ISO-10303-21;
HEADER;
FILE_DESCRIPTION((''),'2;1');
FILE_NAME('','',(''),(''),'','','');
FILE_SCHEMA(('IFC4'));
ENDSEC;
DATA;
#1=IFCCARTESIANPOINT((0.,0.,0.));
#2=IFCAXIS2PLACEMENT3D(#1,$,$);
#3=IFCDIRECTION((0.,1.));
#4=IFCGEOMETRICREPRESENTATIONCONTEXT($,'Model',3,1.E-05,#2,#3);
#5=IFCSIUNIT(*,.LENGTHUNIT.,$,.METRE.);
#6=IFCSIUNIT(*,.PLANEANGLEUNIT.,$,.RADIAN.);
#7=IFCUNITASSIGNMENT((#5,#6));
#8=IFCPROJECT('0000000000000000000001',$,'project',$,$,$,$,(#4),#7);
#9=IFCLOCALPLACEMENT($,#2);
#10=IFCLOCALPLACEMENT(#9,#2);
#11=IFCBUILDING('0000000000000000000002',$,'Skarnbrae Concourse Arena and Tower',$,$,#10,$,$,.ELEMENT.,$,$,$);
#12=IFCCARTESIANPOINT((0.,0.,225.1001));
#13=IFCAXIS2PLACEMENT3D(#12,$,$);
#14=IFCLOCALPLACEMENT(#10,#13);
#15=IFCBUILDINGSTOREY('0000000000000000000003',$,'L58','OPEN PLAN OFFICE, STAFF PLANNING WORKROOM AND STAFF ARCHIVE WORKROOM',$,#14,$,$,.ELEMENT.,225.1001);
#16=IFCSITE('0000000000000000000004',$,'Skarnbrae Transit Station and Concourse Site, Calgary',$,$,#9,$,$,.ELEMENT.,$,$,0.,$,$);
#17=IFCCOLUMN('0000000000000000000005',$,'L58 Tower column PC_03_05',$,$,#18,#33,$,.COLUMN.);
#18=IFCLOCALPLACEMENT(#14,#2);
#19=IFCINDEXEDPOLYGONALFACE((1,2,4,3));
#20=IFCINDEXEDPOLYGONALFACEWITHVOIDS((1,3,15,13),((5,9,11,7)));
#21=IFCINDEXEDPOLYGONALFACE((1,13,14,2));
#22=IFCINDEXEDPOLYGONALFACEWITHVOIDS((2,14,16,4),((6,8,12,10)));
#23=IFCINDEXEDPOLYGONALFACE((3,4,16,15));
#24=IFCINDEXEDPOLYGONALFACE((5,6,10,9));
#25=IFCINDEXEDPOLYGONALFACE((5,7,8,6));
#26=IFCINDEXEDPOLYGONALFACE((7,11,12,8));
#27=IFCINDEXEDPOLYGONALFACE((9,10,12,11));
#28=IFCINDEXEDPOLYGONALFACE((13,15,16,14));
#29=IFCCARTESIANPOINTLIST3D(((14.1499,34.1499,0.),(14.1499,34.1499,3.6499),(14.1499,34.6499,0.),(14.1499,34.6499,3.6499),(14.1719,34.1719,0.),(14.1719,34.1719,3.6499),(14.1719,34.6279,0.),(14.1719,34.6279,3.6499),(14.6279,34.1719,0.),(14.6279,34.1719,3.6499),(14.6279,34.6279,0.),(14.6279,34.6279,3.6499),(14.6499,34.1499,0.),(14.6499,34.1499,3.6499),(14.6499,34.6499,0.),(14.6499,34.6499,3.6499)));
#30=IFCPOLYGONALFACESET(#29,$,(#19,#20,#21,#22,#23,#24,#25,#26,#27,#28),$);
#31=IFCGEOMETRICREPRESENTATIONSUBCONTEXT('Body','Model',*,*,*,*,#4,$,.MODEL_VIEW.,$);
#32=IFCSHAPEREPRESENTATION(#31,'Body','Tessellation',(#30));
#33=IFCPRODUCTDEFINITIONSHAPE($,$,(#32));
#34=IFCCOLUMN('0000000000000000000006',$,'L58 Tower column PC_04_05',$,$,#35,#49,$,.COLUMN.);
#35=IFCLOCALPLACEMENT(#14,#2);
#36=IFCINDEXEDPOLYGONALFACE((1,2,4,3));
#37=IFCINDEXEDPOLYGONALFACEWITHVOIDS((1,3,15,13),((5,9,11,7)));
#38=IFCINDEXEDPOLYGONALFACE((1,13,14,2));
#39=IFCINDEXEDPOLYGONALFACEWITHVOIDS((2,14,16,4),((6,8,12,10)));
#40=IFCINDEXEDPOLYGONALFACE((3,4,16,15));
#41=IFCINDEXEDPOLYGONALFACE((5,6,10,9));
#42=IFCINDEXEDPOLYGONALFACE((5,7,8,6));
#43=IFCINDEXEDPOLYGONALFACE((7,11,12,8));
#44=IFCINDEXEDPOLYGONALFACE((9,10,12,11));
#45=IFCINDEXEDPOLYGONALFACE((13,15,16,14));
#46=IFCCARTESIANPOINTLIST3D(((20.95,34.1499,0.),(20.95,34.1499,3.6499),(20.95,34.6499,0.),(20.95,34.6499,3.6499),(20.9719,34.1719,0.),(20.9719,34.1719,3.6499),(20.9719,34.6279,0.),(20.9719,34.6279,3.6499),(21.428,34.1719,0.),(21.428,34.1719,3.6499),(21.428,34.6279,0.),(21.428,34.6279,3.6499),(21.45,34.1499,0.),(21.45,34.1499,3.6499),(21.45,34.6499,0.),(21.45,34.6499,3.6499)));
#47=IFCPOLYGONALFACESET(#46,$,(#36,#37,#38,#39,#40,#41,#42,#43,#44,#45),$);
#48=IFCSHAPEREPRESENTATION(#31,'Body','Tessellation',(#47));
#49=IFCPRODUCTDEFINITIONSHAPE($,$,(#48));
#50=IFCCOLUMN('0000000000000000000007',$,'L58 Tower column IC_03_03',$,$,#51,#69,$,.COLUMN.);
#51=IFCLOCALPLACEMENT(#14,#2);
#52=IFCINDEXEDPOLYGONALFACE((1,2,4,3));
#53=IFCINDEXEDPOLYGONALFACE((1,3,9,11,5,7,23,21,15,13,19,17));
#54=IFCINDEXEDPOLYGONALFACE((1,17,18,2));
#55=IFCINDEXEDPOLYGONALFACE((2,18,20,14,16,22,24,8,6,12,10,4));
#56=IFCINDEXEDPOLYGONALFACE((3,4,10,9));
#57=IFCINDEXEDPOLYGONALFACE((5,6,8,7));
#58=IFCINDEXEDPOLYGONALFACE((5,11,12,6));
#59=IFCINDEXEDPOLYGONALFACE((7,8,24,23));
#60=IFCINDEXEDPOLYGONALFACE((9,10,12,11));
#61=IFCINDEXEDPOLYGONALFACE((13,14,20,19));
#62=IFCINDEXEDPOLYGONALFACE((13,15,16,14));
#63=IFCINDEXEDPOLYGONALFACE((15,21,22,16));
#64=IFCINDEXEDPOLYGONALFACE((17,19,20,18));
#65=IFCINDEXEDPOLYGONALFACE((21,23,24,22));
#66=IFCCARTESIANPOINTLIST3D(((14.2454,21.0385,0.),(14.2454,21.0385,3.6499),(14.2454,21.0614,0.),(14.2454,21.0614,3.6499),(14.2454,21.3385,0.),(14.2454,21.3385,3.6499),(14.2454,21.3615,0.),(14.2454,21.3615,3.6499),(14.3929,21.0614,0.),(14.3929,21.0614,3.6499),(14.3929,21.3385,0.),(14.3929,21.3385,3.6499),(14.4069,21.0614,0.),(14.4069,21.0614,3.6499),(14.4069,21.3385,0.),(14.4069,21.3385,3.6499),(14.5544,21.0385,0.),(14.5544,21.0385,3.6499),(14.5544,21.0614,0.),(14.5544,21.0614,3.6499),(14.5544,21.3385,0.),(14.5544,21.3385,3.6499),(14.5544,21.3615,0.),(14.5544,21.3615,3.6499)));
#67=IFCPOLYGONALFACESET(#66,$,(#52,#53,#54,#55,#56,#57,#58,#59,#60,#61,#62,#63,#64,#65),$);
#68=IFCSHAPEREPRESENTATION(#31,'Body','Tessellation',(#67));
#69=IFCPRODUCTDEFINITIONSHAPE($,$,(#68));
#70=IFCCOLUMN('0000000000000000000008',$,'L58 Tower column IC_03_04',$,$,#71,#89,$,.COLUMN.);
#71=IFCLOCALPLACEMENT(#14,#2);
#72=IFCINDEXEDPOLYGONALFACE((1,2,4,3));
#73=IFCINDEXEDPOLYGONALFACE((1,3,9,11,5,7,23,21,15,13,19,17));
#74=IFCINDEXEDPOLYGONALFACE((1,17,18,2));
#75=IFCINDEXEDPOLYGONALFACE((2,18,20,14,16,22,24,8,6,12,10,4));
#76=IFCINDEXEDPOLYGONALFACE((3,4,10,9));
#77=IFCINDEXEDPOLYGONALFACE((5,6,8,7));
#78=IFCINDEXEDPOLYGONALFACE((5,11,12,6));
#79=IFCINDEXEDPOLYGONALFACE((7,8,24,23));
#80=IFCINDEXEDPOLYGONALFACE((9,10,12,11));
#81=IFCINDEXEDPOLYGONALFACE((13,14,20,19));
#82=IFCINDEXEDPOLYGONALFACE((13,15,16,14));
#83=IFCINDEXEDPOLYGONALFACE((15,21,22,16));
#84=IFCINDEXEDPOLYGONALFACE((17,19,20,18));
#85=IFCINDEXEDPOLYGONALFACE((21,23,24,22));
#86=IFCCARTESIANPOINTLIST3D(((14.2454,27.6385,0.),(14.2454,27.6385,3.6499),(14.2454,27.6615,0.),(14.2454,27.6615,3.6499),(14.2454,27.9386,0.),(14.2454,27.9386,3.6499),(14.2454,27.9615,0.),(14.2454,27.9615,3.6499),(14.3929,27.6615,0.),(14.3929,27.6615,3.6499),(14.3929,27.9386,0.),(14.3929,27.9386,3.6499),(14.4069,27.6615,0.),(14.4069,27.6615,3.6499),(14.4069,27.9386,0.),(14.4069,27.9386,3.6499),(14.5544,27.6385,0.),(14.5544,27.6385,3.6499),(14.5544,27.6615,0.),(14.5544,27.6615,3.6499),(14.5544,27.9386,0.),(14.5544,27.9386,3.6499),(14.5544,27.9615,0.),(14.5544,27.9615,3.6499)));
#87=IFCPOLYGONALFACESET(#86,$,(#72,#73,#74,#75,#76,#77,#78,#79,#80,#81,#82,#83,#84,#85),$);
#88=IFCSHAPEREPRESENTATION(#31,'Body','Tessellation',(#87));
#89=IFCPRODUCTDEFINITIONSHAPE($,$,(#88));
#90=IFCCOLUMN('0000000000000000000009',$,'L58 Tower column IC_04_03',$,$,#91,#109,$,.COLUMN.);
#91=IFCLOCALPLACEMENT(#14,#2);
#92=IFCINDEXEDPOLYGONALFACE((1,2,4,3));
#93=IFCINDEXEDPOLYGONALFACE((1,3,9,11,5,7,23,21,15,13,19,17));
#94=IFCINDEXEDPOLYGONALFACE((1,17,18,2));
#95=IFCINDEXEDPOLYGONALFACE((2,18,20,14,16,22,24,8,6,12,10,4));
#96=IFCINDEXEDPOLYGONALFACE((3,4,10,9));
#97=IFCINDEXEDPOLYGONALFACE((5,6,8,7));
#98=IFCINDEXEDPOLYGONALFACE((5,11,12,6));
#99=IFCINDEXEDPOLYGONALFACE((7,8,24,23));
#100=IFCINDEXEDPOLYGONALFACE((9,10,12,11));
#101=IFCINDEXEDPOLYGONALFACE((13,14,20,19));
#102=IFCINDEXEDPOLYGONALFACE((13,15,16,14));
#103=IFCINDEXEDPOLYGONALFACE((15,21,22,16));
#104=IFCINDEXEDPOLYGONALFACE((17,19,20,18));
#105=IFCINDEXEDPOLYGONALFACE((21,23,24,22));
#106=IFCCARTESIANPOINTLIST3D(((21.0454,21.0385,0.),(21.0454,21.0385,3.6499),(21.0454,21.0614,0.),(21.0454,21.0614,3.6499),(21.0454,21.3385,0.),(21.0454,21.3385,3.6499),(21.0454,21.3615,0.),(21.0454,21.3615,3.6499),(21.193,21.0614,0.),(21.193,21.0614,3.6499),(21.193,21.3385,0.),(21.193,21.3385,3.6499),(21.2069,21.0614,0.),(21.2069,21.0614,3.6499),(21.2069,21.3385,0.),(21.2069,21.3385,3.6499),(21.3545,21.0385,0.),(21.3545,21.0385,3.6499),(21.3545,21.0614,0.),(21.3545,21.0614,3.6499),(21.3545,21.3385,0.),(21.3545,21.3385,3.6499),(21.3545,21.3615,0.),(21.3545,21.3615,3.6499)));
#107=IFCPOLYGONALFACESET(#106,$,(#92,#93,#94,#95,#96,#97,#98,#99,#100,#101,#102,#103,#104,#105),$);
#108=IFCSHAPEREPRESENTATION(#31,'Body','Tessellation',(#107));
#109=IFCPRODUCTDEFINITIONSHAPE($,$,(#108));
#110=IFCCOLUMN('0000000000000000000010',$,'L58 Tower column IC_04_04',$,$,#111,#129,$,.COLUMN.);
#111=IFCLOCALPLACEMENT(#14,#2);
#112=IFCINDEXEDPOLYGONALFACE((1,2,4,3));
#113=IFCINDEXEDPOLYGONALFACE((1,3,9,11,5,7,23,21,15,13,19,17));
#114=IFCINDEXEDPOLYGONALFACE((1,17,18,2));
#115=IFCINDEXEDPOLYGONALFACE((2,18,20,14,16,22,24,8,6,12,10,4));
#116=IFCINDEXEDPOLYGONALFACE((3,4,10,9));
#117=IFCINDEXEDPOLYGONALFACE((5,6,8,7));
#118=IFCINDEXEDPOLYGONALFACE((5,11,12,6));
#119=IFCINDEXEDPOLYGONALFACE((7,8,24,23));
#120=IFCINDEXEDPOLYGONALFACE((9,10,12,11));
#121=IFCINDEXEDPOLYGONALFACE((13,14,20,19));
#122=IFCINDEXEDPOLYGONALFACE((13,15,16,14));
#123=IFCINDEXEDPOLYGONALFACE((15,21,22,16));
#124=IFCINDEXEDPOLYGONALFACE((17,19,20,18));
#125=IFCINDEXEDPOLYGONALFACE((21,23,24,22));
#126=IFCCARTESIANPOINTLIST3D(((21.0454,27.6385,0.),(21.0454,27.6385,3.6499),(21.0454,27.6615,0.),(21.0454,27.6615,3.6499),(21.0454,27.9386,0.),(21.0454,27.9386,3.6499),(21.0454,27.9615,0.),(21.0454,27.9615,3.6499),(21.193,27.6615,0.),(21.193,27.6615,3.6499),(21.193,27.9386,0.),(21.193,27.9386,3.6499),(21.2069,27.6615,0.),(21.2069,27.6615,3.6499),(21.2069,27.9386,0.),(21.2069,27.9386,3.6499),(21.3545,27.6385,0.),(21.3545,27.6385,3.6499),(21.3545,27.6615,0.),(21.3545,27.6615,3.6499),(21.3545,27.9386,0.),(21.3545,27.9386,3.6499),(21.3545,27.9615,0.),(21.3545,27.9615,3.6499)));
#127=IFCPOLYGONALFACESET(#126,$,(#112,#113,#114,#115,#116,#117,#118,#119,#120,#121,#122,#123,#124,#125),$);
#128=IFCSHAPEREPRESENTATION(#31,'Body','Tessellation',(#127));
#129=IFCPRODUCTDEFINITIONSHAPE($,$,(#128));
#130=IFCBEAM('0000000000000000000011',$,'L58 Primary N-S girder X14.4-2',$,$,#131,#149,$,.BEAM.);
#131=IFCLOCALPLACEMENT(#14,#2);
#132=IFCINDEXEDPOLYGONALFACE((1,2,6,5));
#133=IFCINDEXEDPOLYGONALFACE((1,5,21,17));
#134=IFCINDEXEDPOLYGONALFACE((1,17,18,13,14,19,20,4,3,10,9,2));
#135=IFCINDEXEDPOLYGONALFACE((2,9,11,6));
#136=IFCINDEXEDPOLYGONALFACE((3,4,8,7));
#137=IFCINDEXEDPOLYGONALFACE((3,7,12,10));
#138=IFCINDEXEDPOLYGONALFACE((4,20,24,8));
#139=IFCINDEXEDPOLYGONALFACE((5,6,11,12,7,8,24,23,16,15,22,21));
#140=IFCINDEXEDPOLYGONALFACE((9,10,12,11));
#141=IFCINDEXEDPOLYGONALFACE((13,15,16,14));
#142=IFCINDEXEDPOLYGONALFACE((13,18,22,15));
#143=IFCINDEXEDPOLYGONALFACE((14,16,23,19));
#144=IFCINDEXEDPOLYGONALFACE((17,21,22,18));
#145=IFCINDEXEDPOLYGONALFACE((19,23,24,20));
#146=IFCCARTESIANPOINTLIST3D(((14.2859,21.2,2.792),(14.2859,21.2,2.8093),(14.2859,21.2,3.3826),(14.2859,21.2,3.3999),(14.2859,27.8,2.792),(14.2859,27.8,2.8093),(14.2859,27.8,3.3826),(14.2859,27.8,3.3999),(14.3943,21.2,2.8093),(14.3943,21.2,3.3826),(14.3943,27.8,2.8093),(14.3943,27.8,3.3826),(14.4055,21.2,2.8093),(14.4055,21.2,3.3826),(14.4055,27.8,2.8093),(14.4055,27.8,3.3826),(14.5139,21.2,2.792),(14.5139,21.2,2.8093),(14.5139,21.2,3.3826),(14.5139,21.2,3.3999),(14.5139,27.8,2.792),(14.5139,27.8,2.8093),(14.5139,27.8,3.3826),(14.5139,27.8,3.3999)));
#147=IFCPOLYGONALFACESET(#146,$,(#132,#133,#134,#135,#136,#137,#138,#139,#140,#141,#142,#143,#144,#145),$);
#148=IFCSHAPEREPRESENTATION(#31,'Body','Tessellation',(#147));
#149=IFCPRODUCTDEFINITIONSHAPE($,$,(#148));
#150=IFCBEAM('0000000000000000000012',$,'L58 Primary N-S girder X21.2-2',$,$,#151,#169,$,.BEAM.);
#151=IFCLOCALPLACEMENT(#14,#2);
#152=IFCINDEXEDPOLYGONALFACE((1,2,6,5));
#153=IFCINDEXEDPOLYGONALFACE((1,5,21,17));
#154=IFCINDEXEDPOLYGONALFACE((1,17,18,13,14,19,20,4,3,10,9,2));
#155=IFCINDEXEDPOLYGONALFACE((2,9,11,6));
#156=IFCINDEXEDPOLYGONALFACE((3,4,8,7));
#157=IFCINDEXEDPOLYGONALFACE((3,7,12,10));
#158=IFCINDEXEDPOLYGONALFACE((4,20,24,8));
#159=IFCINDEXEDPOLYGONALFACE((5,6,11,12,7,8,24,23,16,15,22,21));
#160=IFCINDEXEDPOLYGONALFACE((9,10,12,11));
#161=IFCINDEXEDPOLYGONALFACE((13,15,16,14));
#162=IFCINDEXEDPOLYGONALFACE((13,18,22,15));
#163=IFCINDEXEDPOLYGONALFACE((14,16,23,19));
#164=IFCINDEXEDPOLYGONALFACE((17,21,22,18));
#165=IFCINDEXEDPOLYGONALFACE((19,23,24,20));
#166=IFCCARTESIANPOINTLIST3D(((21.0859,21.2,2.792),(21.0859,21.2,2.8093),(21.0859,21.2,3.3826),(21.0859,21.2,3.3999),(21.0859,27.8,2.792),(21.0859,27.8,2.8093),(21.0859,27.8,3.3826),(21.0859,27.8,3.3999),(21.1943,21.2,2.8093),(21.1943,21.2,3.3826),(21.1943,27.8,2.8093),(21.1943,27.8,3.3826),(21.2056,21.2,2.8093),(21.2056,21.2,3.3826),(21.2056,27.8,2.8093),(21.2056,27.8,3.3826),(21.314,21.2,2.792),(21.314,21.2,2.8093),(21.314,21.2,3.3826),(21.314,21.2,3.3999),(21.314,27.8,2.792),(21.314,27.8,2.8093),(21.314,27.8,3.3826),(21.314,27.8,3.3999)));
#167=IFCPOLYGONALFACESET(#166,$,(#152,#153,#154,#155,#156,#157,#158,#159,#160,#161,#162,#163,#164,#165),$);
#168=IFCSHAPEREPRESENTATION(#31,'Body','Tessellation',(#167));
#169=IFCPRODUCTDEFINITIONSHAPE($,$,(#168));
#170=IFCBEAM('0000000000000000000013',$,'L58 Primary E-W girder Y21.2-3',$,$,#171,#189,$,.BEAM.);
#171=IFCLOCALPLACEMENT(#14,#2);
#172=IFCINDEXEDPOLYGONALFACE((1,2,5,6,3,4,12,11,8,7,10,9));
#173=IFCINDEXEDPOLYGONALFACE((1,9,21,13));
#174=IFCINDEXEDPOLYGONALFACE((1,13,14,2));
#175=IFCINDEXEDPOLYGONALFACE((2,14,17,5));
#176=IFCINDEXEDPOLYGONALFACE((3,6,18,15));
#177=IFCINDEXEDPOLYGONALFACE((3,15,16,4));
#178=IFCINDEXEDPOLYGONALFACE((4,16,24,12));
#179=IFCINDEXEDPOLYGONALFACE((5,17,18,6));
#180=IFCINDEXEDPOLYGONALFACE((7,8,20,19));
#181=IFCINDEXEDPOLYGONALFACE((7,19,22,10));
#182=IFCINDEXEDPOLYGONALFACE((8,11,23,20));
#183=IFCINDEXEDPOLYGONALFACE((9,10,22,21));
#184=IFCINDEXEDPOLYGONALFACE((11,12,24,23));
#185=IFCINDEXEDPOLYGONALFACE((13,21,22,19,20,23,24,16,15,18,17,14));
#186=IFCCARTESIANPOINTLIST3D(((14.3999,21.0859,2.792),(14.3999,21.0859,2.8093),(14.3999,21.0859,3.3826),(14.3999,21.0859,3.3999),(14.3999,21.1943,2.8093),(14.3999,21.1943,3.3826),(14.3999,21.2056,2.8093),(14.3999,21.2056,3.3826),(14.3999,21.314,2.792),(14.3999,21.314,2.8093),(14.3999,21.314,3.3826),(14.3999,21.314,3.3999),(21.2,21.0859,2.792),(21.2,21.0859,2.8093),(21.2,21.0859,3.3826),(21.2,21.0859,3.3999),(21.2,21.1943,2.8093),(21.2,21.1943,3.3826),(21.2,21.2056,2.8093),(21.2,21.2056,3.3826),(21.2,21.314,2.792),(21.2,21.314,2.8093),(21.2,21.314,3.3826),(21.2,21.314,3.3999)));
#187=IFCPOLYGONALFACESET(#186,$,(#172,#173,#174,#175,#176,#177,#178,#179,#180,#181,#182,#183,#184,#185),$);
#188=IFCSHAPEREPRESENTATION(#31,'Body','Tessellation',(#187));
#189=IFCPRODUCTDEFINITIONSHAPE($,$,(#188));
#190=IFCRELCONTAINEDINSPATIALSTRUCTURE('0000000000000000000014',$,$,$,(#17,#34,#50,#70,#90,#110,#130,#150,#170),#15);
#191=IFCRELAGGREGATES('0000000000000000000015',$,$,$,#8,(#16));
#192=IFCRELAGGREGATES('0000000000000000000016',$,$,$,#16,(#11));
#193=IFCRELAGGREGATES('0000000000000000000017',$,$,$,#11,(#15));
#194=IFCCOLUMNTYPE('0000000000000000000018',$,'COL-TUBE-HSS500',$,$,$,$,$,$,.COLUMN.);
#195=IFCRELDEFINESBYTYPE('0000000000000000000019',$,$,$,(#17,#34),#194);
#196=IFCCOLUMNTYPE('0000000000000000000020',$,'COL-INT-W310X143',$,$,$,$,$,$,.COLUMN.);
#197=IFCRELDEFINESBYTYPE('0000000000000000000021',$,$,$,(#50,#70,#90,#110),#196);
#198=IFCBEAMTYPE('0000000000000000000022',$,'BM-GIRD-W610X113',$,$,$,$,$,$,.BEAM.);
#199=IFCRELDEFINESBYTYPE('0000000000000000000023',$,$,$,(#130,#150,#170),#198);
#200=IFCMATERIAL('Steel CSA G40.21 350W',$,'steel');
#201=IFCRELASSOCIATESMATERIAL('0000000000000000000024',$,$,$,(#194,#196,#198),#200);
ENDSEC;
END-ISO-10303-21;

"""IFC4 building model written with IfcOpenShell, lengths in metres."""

from ifc_helpers import new_model, si_unit, direction, frame, origin, origin_2d, place, context, subcontext, project, spatial, hollow_rectangle, i_section, extrude, source, transform, mapped, material, material_profile, profile_set, type_object, element, save


model = new_model("IFC4")

# Units and contexts
model_context = context("Model", 3, precision=1e-05, world=origin(), true_north=direction((0.0, 1.0)))
body_context = subcontext(model_context, "Body", "Model", "MODEL_VIEW")
ifc_project = project(units=[si_unit("LENGTHUNIT", "METRE"), si_unit("PLANEANGLEUNIT", "RADIAN")], contexts=[model_context])

# Site, building, storey
site_placement = place(None, origin())
site = spatial("IfcSite", under=ifc_project, at=site_placement, Name="Skarnbrae Transit Station and Concourse Site, Calgary", CompositionType="ELEMENT", RefElevation=0.0)
building_placement = place(site_placement, origin())
building = spatial("IfcBuilding", under=site, at=building_placement, Name="Skarnbrae Concourse Arena and Tower", CompositionType="ELEMENT")
storey_placement = place(building_placement, frame((0.0, 0.0, 225.1001)))
storey = spatial("IfcBuildingStorey", under=building, at=storey_placement, Name="L58", Description="OPEN PLAN OFFICE, STAFF PLANNING WORKROOM AND STAFF ARCHIVE WORKROOM", CompositionType="ELEMENT", Elevation=225.1001)

# Columns
ifc_material_1 = material(Name="Steel CSA G40.21 350W", Category="steel")
ifc_material_profile_1 = material_profile(ifc_material_1, hollow_rectangle(XDim=0.5, YDim=0.5, WallThickness=0.022, at=origin_2d()), Name="HSS500X500X22.0")
ifc_profile_set_1 = profile_set([ifc_material_profile_1], Name="Steel CSA G40.21 350W")
column_type_1 = type_object("IfcColumnType", Name="COL-TUBE-HSS500", PredefinedType="COLUMN", material=ifc_profile_set_1)
shared_shape_1 = source(origin(), body_context, "Body", "SweptSolid", [
    extrude(hollow_rectangle(XDim=0.5, YDim=0.5, WallThickness=0.022, at=origin_2d()), origin(), (0.0, 0.0, 1.0), 3.6499),
])
for number, where, z_axis, x_axis, name in (
    (1, (14.3999, 34.3999, 0.0), (0.0, 0.0, 1.0), (1.0, 0.0, 0.0), "L58 Tower column PC_03_05"),
    (2, (21.2, 34.3999, 0.0), (0.0, 0.0, 1.0), (1.0, 0.0, 0.0), "L58 Tower column PC_04_05"),
):
    element("IfcColumn", number, at=place(storey_placement, frame(where, z_axis=z_axis, x_axis=x_axis)), inside=storey, type_object=column_type_1, Name=name, PredefinedType="COLUMN", context=body_context, shape_type="MappedRepresentation", body=[
        mapped(shared_shape_1, transform((0.0, 0.0, 0.0))),
    ])
ifc_material_profile_2 = material_profile(ifc_material_1, i_section(OverallWidth=0.3091, OverallDepth=0.323, WebThickness=0.0139, FlangeThickness=0.0229, at=origin_2d()), Name="W310X143")
ifc_profile_set_2 = profile_set([ifc_material_profile_2], Name="Steel CSA G40.21 350W")
column_type_2 = type_object("IfcColumnType", Name="COL-INT-W310X143", PredefinedType="COLUMN", material=ifc_profile_set_2)
shared_shape_2 = source(origin(), body_context, "Body", "SweptSolid", [
    extrude(i_section(OverallWidth=0.3091, OverallDepth=0.323, WebThickness=0.0139, FlangeThickness=0.0229, at=origin_2d()), origin(), (0.0, 0.0, 1.0), 3.6499),
])
for number, where, z_axis, x_axis, name in (
    (3, (14.3999, 21.2, 0.0), (0.0, 0.0, 1.0), (1.0, 0.0, 0.0), "L58 Tower column IC_03_03"),
    (4, (14.3999, 27.8, 0.0), (0.0, 0.0, 1.0), (1.0, 0.0, 0.0), "L58 Tower column IC_03_04"),
    (5, (21.2, 21.2, 0.0), (0.0, 0.0, 1.0), (1.0, 0.0, 0.0), "L58 Tower column IC_04_03"),
    (6, (21.2, 27.8, 0.0), (0.0, 0.0, 1.0), (1.0, 0.0, 0.0), "L58 Tower column IC_04_04"),
):
    element("IfcColumn", number, at=place(storey_placement, frame(where, z_axis=z_axis, x_axis=x_axis)), inside=storey, type_object=column_type_2, Name=name, PredefinedType="COLUMN", context=body_context, shape_type="MappedRepresentation", body=[
        mapped(shared_shape_2, transform((0.0, 0.0, 0.0))),
    ])

# Beams
ifc_material_profile_3 = material_profile(ifc_material_1, i_section(OverallWidth=0.228, OverallDepth=0.6079, WebThickness=0.0112, FlangeThickness=0.0173, at=origin_2d()), Name="W610X113")
ifc_profile_set_3 = profile_set([ifc_material_profile_3], Name="Steel CSA G40.21 350W")
beam_type_1 = type_object("IfcBeamType", Name="BM-GIRD-W610X113", PredefinedType="BEAM", material=ifc_profile_set_3)
shared_shape_3 = source(origin(), body_context, "Body", "SweptSolid", [
    extrude(i_section(OverallWidth=0.228, OverallDepth=0.6079, WebThickness=0.0112, FlangeThickness=0.0173, at=origin_2d()), origin(), (0.0, 0.0, 1.0), 6.6001),
])
for number, where, z_axis, x_axis, name in (
    (7, (14.3999, 21.2, 3.0959), (0.0, 1.0, 0.0), (-1.0, 0.0, 0.0), "L58 Primary N-S girder X14.4-2"),
    (8, (21.2, 21.2, 3.0959), (0.0, 1.0, 0.0), (-1.0, 0.0, 0.0), "L58 Primary N-S girder X21.2-2"),
):
    element("IfcBeam", number, at=place(storey_placement, frame(where, z_axis=z_axis, x_axis=x_axis)), inside=storey, type_object=beam_type_1, Name=name, PredefinedType="BEAM", context=body_context, shape_type="MappedRepresentation", body=[
        mapped(shared_shape_3, transform((0.0, 0.0, 0.0))),
    ])
shared_shape_4 = source(origin(), body_context, "Body", "SweptSolid", [
    extrude(i_section(OverallWidth=0.228, OverallDepth=0.6079, WebThickness=0.0112, FlangeThickness=0.0173, at=origin_2d()), origin(), (0.0, 0.0, 1.0), 6.8),
])
for number, where, z_axis, x_axis, name in (
    (9, (14.3999, 21.2, 3.0959), (1.0, 0.0, 0.0), (0.0, 1.0, 0.0), "L58 Primary E-W girder Y21.2-3"),
):
    element("IfcBeam", number, at=place(storey_placement, frame(where, z_axis=z_axis, x_axis=x_axis)), inside=storey, type_object=beam_type_1, Name=name, PredefinedType="BEAM", context=body_context, shape_type="MappedRepresentation", body=[
        mapped(shared_shape_4, transform((0.0, 0.0, 0.0))),
    ])

save(model, "model.ifc")
